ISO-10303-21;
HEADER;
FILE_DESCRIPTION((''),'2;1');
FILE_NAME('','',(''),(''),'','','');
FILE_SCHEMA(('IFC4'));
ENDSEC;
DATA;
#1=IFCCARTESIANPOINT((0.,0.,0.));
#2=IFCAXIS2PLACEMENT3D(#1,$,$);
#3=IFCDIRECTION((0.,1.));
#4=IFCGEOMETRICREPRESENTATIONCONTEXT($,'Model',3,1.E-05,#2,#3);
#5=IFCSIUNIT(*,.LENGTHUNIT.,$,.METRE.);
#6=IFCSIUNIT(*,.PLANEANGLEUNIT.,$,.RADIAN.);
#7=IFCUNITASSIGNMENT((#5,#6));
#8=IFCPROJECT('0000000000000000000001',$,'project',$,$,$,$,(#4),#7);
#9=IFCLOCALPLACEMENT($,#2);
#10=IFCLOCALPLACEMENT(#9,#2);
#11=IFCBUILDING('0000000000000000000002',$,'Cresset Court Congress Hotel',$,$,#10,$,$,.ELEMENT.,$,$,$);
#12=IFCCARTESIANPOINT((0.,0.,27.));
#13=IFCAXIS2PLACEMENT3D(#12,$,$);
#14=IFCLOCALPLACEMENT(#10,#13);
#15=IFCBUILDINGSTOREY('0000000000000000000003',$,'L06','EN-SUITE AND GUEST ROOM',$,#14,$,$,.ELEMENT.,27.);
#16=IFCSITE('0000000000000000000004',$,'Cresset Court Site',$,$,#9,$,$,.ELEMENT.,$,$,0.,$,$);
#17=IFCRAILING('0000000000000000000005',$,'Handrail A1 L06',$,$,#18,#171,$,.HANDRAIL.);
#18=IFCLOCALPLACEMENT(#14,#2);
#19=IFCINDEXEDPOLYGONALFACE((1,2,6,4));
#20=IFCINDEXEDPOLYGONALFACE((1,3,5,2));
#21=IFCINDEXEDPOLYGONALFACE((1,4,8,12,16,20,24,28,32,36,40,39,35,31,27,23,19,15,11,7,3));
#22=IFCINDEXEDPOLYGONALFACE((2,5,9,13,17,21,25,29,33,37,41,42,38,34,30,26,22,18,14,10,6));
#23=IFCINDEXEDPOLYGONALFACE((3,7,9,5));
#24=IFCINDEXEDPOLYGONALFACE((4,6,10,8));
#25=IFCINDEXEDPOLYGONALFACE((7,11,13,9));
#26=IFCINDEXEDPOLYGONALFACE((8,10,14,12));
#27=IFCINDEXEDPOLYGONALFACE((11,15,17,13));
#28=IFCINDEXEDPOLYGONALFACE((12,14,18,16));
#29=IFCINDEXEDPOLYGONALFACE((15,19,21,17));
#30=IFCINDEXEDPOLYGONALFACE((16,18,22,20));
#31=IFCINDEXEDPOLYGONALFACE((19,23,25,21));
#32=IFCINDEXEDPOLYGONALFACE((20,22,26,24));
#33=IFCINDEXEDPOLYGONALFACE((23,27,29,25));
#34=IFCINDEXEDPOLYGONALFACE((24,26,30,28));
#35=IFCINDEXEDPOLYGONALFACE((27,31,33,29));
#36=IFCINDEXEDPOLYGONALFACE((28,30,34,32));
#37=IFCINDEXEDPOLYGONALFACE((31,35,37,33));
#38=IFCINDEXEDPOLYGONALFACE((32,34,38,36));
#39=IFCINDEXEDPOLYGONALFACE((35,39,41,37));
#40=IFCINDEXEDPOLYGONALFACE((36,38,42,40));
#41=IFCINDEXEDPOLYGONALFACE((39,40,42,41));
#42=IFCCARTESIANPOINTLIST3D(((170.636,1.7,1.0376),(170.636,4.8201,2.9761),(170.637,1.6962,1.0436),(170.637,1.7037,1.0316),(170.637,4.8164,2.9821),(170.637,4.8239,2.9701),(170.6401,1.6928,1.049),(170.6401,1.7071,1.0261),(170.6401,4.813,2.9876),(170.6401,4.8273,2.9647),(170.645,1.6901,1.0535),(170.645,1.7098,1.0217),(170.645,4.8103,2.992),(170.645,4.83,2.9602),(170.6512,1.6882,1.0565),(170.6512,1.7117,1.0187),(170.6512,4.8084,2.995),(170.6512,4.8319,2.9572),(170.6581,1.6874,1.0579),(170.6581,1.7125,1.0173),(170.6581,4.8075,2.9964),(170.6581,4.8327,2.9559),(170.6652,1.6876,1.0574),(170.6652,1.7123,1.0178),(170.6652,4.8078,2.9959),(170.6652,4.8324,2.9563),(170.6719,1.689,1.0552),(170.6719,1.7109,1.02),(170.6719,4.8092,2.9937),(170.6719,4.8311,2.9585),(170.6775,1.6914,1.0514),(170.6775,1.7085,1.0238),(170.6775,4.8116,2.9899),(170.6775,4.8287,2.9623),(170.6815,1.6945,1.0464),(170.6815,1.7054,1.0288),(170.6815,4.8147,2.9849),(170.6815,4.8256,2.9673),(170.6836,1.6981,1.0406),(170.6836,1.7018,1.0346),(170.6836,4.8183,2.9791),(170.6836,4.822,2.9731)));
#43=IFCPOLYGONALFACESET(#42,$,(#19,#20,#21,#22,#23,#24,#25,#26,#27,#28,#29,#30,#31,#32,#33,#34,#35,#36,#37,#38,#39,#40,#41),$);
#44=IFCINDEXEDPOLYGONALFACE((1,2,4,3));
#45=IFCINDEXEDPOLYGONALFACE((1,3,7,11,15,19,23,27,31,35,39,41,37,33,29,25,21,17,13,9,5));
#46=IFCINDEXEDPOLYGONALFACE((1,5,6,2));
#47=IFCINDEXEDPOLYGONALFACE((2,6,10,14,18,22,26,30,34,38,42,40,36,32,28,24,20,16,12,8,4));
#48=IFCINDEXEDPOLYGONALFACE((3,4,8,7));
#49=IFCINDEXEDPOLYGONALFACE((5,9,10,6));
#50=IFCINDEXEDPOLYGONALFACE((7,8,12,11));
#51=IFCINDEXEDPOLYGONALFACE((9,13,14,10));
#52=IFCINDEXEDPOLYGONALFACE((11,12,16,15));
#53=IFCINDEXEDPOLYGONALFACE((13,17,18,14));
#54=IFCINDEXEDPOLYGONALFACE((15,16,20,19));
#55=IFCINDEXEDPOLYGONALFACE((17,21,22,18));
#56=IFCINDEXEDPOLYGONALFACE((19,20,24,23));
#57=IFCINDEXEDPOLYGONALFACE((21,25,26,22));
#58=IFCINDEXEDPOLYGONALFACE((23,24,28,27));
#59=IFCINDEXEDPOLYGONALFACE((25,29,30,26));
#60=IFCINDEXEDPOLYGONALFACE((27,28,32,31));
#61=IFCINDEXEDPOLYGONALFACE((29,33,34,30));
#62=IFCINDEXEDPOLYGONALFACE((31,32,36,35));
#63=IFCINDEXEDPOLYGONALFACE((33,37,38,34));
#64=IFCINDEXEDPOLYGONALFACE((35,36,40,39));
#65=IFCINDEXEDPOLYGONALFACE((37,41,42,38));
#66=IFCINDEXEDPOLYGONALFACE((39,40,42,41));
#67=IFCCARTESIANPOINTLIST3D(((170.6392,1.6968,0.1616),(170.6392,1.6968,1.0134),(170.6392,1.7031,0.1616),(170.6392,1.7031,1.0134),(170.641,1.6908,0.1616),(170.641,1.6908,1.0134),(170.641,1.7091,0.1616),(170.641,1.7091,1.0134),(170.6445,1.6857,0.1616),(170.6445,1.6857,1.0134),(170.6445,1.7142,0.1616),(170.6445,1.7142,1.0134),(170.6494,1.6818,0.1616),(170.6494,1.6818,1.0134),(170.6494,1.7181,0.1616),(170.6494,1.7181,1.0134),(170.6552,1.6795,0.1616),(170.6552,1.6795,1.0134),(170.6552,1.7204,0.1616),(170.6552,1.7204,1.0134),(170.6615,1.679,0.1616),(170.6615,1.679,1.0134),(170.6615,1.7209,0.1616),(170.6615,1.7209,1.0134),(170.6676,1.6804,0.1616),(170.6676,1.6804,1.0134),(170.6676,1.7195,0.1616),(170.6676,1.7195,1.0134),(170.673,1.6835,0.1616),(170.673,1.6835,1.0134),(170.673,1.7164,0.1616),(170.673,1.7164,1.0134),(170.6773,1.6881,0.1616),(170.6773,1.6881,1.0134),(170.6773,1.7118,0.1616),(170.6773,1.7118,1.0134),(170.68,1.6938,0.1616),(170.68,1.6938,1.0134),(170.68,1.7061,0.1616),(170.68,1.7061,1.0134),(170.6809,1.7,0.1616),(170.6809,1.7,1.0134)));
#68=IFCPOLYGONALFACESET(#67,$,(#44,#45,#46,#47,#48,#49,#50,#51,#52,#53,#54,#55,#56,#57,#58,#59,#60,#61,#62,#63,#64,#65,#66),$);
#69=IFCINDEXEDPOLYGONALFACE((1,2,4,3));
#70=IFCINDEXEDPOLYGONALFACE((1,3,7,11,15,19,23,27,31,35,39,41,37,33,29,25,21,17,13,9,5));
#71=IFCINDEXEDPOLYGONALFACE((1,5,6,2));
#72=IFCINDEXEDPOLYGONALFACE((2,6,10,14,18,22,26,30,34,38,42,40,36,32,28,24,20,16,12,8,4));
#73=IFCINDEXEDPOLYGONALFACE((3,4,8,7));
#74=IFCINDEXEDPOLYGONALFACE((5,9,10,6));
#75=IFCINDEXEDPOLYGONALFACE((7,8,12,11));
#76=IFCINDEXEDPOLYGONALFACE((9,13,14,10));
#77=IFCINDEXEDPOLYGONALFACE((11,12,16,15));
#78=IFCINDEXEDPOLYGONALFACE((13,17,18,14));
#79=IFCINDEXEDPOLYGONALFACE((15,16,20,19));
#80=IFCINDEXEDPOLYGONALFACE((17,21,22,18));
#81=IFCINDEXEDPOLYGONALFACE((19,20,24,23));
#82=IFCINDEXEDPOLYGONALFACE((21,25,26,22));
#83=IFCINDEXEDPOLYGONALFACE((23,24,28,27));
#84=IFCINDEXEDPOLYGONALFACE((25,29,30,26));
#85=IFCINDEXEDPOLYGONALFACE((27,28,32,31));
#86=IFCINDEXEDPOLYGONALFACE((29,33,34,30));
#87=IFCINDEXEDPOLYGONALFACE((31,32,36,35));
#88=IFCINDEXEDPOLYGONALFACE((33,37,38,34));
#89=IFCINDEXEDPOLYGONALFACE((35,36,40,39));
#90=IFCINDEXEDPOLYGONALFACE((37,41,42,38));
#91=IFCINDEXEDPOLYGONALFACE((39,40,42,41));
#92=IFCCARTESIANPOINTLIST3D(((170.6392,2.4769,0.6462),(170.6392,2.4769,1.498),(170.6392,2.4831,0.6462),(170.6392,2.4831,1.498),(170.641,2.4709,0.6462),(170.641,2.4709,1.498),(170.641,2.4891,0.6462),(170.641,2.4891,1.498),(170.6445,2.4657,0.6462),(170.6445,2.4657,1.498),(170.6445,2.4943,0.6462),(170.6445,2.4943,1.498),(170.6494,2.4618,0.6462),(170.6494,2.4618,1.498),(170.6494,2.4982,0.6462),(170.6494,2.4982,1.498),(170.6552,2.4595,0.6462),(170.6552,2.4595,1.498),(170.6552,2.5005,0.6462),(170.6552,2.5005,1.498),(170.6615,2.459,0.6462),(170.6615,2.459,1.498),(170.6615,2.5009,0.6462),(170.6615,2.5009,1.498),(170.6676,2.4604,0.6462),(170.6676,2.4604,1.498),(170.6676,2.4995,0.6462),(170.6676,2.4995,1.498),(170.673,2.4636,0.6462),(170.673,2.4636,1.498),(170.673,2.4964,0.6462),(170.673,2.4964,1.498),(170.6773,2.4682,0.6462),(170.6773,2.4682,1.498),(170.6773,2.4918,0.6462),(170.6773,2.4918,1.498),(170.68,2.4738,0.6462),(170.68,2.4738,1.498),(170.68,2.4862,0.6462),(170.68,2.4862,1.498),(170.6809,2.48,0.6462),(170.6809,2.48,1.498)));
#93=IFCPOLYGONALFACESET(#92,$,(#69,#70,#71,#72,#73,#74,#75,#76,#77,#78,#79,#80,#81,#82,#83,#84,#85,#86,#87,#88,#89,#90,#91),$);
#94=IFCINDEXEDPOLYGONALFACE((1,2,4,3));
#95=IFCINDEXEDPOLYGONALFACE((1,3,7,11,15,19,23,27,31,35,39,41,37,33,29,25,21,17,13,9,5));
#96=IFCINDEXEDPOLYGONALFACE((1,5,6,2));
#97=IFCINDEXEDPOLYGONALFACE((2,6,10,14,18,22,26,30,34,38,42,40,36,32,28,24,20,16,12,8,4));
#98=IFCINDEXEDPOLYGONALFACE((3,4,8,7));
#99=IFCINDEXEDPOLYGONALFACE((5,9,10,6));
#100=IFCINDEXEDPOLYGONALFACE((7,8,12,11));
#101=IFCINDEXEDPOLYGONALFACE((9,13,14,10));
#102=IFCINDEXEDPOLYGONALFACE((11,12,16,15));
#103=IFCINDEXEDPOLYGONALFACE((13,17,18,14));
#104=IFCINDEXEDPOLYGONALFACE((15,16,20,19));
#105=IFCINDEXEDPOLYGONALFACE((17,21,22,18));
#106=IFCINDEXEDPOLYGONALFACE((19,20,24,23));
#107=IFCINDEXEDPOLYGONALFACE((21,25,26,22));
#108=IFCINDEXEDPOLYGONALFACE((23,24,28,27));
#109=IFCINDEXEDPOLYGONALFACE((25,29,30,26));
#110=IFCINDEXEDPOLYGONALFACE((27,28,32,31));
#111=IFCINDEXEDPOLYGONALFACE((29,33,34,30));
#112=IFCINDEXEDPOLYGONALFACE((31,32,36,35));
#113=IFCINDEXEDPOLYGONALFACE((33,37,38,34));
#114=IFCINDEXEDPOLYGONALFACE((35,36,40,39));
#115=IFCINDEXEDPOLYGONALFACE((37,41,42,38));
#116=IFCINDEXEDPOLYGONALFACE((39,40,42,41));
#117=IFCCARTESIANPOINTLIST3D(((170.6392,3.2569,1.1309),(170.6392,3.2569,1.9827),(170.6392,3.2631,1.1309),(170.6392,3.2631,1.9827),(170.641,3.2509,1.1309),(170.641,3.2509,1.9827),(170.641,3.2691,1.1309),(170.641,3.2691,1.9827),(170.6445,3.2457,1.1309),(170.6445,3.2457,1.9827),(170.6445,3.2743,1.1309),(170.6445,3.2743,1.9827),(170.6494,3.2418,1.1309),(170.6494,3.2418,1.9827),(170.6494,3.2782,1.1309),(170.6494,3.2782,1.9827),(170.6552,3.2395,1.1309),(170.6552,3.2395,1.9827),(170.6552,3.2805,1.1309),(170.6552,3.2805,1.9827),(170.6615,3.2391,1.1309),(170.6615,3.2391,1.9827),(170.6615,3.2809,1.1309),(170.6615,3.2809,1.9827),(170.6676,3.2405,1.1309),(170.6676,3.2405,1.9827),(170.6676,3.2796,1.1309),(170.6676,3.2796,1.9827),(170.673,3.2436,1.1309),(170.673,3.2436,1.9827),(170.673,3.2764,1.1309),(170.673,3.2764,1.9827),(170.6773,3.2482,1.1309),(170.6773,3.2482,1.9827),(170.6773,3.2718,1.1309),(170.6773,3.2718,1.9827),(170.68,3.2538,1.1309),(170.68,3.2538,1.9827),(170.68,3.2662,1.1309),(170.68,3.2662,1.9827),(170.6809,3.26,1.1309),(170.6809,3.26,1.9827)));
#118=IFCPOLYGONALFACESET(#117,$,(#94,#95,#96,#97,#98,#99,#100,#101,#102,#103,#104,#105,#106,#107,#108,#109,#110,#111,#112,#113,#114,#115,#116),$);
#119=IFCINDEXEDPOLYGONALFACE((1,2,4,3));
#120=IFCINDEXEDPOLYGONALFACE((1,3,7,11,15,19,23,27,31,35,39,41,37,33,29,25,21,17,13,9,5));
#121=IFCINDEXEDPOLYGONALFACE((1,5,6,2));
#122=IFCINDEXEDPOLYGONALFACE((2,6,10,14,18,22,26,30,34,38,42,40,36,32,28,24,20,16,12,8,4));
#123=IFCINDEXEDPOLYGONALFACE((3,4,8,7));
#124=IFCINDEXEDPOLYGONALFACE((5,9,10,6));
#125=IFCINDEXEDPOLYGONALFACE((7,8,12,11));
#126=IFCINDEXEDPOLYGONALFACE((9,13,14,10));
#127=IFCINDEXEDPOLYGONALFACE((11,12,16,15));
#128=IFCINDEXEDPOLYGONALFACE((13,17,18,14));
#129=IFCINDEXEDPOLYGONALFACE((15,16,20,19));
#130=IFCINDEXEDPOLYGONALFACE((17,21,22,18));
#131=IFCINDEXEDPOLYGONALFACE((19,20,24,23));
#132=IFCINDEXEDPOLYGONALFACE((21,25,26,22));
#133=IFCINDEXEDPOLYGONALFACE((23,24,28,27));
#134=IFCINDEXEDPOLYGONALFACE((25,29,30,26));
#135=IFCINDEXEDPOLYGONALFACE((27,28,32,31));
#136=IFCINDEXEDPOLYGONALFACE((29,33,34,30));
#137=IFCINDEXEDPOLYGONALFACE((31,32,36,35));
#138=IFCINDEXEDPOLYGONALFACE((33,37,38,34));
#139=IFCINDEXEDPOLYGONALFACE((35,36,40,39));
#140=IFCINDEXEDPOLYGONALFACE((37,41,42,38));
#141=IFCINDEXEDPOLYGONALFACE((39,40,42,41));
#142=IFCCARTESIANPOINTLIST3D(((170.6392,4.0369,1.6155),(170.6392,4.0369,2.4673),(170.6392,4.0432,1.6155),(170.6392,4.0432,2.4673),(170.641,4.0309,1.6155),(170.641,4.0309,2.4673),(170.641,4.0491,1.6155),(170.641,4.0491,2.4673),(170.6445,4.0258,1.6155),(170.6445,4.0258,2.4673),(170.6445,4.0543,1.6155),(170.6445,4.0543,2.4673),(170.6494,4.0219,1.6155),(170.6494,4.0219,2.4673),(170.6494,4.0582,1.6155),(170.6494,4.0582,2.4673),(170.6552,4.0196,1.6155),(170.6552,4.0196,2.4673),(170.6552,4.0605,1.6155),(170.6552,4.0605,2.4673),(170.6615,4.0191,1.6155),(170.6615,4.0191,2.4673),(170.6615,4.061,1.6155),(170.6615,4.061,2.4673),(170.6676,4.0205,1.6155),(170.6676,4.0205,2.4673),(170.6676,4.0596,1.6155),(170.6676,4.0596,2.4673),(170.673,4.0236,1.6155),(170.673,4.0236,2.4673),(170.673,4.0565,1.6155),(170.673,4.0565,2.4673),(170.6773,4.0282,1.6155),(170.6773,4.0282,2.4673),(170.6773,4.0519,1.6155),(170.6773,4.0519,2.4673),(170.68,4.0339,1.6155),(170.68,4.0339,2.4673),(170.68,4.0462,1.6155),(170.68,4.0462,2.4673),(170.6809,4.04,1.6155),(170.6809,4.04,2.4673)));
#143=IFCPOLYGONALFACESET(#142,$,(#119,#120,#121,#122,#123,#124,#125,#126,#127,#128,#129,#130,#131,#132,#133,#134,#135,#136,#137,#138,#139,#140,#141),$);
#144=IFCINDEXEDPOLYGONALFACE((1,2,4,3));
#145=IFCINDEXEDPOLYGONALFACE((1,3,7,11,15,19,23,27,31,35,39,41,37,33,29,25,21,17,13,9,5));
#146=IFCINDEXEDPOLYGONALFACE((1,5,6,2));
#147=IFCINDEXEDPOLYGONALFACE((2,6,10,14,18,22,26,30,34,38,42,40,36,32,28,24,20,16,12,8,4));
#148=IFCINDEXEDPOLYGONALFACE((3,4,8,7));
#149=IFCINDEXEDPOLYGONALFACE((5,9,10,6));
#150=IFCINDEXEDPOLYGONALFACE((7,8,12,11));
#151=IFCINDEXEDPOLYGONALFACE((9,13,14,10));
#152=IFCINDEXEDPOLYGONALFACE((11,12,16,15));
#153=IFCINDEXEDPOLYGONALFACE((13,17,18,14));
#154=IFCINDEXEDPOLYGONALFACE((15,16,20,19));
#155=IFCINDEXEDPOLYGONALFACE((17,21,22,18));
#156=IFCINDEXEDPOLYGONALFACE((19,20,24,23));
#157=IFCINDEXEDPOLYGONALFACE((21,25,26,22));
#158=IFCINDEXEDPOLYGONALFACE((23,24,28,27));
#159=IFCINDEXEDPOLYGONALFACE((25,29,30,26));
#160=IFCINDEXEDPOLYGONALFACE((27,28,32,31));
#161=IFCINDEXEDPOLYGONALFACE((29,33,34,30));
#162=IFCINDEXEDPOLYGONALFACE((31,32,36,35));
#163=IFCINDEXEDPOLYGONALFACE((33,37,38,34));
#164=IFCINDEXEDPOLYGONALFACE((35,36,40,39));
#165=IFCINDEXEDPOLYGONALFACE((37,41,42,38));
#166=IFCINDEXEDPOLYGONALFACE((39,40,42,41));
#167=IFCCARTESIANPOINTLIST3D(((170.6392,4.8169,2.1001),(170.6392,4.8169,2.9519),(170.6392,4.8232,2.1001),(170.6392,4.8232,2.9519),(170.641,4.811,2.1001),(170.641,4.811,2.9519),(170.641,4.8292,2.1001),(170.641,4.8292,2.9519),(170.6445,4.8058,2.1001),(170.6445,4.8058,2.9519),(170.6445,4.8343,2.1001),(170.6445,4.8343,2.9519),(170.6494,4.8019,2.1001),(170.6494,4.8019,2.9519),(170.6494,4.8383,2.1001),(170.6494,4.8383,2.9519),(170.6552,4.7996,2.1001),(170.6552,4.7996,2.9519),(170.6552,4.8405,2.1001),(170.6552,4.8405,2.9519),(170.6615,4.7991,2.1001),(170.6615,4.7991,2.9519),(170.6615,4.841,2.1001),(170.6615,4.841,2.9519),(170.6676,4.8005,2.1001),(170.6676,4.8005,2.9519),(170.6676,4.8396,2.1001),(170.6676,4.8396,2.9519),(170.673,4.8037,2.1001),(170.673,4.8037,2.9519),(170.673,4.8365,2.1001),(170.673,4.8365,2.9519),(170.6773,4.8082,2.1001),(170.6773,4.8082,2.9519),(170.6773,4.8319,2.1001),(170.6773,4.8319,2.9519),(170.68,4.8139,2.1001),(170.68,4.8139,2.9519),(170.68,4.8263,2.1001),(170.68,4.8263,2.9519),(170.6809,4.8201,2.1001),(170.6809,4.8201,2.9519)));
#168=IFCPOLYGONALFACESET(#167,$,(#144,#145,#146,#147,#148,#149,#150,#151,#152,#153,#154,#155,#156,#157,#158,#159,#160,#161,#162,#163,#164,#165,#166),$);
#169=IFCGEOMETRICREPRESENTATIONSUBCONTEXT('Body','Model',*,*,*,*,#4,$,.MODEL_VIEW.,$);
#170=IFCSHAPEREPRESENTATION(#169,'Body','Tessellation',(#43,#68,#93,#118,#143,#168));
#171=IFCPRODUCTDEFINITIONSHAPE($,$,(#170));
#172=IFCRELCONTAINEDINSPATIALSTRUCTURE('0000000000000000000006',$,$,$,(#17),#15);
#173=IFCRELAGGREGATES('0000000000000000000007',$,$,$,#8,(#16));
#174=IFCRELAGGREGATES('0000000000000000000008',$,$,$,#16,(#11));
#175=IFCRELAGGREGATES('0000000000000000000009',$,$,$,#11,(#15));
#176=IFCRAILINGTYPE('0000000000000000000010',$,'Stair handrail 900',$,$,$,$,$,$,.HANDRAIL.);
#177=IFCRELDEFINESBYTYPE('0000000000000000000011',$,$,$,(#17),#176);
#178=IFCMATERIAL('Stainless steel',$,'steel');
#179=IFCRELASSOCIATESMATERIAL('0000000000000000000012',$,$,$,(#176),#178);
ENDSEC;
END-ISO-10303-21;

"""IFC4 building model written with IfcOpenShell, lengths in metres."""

from ifc_helpers import new_model, si_unit, direction, frame, origin, origin_2d, place, context, subcontext, project, spatial, circle, extrude, material, type_object, element, save


model = new_model("IFC4")

# Units and contexts
model_context = context("Model", 3, precision=1e-05, world=origin(), true_north=direction((0.0, 1.0)))
body_context = subcontext(model_context, "Body", "Model", "MODEL_VIEW")
ifc_project = project(units=[si_unit("LENGTHUNIT", "METRE"), si_unit("PLANEANGLEUNIT", "RADIAN")], contexts=[model_context])

# Site, building, storey
site_placement = place(None, origin())
site = spatial("IfcSite", under=ifc_project, at=site_placement, Name="Cresset Court Site", CompositionType="ELEMENT", RefElevation=0.0)
building_placement = place(site_placement, origin())
building = spatial("IfcBuilding", under=site, at=building_placement, Name="Cresset Court Congress Hotel", CompositionType="ELEMENT")
storey_placement = place(building_placement, frame((0.0, 0.0, 27.0)))
storey = spatial("IfcBuildingStorey", under=building, at=storey_placement, Name="L06", Description="EN-SUITE AND GUEST ROOM", CompositionType="ELEMENT", Elevation=27.0)

# Railing
ifc_material_1 = material(Name="Stainless steel", Category="steel")
railing_type_1 = type_object("IfcRailingType", Name="Stair handrail 900", PredefinedType="HANDRAIL", material=ifc_material_1)
for number, where, name in (
    (1, (170.6599, 1.7, 0.1616), "Handrail A1 L06"),
):
    element("IfcRailing", number, at=place(storey_placement, frame(where)), inside=storey, type_object=railing_type_1, Name=name, PredefinedType="HANDRAIL", context=body_context, shape_type="SweptSolid", body=[
        extrude(circle(Radius=0.0239, at=origin_2d()), frame((0.0, 0.0, 0.876), z_axis=(0.0, 0.849414, 0.527727), x_axis=(-1.0, 0.0, 0.0)), (0.0, 0.0, 1.0), 3.6733),
        extrude(circle(Radius=0.021, at=origin_2d()), origin(), (0.0, 0.0, 1.0), 0.8518),
        extrude(circle(Radius=0.021, at=origin_2d()), frame((0.0, 0.78, 0.4846)), (0.0, 0.0, 1.0), 0.8518),
        extrude(circle(Radius=0.021, at=origin_2d()), frame((0.0, 1.5601, 0.9692)), (0.0, 0.0, 1.0), 0.8518),
        extrude(circle(Radius=0.021, at=origin_2d()), frame((0.0, 2.3401, 1.4539)), (0.0, 0.0, 1.0), 0.8518),
        extrude(circle(Radius=0.021, at=origin_2d()), frame((0.0, 3.1201, 1.9385)), (0.0, 0.0, 1.0), 0.8518),
    ])

save(model, "model.ifc")
